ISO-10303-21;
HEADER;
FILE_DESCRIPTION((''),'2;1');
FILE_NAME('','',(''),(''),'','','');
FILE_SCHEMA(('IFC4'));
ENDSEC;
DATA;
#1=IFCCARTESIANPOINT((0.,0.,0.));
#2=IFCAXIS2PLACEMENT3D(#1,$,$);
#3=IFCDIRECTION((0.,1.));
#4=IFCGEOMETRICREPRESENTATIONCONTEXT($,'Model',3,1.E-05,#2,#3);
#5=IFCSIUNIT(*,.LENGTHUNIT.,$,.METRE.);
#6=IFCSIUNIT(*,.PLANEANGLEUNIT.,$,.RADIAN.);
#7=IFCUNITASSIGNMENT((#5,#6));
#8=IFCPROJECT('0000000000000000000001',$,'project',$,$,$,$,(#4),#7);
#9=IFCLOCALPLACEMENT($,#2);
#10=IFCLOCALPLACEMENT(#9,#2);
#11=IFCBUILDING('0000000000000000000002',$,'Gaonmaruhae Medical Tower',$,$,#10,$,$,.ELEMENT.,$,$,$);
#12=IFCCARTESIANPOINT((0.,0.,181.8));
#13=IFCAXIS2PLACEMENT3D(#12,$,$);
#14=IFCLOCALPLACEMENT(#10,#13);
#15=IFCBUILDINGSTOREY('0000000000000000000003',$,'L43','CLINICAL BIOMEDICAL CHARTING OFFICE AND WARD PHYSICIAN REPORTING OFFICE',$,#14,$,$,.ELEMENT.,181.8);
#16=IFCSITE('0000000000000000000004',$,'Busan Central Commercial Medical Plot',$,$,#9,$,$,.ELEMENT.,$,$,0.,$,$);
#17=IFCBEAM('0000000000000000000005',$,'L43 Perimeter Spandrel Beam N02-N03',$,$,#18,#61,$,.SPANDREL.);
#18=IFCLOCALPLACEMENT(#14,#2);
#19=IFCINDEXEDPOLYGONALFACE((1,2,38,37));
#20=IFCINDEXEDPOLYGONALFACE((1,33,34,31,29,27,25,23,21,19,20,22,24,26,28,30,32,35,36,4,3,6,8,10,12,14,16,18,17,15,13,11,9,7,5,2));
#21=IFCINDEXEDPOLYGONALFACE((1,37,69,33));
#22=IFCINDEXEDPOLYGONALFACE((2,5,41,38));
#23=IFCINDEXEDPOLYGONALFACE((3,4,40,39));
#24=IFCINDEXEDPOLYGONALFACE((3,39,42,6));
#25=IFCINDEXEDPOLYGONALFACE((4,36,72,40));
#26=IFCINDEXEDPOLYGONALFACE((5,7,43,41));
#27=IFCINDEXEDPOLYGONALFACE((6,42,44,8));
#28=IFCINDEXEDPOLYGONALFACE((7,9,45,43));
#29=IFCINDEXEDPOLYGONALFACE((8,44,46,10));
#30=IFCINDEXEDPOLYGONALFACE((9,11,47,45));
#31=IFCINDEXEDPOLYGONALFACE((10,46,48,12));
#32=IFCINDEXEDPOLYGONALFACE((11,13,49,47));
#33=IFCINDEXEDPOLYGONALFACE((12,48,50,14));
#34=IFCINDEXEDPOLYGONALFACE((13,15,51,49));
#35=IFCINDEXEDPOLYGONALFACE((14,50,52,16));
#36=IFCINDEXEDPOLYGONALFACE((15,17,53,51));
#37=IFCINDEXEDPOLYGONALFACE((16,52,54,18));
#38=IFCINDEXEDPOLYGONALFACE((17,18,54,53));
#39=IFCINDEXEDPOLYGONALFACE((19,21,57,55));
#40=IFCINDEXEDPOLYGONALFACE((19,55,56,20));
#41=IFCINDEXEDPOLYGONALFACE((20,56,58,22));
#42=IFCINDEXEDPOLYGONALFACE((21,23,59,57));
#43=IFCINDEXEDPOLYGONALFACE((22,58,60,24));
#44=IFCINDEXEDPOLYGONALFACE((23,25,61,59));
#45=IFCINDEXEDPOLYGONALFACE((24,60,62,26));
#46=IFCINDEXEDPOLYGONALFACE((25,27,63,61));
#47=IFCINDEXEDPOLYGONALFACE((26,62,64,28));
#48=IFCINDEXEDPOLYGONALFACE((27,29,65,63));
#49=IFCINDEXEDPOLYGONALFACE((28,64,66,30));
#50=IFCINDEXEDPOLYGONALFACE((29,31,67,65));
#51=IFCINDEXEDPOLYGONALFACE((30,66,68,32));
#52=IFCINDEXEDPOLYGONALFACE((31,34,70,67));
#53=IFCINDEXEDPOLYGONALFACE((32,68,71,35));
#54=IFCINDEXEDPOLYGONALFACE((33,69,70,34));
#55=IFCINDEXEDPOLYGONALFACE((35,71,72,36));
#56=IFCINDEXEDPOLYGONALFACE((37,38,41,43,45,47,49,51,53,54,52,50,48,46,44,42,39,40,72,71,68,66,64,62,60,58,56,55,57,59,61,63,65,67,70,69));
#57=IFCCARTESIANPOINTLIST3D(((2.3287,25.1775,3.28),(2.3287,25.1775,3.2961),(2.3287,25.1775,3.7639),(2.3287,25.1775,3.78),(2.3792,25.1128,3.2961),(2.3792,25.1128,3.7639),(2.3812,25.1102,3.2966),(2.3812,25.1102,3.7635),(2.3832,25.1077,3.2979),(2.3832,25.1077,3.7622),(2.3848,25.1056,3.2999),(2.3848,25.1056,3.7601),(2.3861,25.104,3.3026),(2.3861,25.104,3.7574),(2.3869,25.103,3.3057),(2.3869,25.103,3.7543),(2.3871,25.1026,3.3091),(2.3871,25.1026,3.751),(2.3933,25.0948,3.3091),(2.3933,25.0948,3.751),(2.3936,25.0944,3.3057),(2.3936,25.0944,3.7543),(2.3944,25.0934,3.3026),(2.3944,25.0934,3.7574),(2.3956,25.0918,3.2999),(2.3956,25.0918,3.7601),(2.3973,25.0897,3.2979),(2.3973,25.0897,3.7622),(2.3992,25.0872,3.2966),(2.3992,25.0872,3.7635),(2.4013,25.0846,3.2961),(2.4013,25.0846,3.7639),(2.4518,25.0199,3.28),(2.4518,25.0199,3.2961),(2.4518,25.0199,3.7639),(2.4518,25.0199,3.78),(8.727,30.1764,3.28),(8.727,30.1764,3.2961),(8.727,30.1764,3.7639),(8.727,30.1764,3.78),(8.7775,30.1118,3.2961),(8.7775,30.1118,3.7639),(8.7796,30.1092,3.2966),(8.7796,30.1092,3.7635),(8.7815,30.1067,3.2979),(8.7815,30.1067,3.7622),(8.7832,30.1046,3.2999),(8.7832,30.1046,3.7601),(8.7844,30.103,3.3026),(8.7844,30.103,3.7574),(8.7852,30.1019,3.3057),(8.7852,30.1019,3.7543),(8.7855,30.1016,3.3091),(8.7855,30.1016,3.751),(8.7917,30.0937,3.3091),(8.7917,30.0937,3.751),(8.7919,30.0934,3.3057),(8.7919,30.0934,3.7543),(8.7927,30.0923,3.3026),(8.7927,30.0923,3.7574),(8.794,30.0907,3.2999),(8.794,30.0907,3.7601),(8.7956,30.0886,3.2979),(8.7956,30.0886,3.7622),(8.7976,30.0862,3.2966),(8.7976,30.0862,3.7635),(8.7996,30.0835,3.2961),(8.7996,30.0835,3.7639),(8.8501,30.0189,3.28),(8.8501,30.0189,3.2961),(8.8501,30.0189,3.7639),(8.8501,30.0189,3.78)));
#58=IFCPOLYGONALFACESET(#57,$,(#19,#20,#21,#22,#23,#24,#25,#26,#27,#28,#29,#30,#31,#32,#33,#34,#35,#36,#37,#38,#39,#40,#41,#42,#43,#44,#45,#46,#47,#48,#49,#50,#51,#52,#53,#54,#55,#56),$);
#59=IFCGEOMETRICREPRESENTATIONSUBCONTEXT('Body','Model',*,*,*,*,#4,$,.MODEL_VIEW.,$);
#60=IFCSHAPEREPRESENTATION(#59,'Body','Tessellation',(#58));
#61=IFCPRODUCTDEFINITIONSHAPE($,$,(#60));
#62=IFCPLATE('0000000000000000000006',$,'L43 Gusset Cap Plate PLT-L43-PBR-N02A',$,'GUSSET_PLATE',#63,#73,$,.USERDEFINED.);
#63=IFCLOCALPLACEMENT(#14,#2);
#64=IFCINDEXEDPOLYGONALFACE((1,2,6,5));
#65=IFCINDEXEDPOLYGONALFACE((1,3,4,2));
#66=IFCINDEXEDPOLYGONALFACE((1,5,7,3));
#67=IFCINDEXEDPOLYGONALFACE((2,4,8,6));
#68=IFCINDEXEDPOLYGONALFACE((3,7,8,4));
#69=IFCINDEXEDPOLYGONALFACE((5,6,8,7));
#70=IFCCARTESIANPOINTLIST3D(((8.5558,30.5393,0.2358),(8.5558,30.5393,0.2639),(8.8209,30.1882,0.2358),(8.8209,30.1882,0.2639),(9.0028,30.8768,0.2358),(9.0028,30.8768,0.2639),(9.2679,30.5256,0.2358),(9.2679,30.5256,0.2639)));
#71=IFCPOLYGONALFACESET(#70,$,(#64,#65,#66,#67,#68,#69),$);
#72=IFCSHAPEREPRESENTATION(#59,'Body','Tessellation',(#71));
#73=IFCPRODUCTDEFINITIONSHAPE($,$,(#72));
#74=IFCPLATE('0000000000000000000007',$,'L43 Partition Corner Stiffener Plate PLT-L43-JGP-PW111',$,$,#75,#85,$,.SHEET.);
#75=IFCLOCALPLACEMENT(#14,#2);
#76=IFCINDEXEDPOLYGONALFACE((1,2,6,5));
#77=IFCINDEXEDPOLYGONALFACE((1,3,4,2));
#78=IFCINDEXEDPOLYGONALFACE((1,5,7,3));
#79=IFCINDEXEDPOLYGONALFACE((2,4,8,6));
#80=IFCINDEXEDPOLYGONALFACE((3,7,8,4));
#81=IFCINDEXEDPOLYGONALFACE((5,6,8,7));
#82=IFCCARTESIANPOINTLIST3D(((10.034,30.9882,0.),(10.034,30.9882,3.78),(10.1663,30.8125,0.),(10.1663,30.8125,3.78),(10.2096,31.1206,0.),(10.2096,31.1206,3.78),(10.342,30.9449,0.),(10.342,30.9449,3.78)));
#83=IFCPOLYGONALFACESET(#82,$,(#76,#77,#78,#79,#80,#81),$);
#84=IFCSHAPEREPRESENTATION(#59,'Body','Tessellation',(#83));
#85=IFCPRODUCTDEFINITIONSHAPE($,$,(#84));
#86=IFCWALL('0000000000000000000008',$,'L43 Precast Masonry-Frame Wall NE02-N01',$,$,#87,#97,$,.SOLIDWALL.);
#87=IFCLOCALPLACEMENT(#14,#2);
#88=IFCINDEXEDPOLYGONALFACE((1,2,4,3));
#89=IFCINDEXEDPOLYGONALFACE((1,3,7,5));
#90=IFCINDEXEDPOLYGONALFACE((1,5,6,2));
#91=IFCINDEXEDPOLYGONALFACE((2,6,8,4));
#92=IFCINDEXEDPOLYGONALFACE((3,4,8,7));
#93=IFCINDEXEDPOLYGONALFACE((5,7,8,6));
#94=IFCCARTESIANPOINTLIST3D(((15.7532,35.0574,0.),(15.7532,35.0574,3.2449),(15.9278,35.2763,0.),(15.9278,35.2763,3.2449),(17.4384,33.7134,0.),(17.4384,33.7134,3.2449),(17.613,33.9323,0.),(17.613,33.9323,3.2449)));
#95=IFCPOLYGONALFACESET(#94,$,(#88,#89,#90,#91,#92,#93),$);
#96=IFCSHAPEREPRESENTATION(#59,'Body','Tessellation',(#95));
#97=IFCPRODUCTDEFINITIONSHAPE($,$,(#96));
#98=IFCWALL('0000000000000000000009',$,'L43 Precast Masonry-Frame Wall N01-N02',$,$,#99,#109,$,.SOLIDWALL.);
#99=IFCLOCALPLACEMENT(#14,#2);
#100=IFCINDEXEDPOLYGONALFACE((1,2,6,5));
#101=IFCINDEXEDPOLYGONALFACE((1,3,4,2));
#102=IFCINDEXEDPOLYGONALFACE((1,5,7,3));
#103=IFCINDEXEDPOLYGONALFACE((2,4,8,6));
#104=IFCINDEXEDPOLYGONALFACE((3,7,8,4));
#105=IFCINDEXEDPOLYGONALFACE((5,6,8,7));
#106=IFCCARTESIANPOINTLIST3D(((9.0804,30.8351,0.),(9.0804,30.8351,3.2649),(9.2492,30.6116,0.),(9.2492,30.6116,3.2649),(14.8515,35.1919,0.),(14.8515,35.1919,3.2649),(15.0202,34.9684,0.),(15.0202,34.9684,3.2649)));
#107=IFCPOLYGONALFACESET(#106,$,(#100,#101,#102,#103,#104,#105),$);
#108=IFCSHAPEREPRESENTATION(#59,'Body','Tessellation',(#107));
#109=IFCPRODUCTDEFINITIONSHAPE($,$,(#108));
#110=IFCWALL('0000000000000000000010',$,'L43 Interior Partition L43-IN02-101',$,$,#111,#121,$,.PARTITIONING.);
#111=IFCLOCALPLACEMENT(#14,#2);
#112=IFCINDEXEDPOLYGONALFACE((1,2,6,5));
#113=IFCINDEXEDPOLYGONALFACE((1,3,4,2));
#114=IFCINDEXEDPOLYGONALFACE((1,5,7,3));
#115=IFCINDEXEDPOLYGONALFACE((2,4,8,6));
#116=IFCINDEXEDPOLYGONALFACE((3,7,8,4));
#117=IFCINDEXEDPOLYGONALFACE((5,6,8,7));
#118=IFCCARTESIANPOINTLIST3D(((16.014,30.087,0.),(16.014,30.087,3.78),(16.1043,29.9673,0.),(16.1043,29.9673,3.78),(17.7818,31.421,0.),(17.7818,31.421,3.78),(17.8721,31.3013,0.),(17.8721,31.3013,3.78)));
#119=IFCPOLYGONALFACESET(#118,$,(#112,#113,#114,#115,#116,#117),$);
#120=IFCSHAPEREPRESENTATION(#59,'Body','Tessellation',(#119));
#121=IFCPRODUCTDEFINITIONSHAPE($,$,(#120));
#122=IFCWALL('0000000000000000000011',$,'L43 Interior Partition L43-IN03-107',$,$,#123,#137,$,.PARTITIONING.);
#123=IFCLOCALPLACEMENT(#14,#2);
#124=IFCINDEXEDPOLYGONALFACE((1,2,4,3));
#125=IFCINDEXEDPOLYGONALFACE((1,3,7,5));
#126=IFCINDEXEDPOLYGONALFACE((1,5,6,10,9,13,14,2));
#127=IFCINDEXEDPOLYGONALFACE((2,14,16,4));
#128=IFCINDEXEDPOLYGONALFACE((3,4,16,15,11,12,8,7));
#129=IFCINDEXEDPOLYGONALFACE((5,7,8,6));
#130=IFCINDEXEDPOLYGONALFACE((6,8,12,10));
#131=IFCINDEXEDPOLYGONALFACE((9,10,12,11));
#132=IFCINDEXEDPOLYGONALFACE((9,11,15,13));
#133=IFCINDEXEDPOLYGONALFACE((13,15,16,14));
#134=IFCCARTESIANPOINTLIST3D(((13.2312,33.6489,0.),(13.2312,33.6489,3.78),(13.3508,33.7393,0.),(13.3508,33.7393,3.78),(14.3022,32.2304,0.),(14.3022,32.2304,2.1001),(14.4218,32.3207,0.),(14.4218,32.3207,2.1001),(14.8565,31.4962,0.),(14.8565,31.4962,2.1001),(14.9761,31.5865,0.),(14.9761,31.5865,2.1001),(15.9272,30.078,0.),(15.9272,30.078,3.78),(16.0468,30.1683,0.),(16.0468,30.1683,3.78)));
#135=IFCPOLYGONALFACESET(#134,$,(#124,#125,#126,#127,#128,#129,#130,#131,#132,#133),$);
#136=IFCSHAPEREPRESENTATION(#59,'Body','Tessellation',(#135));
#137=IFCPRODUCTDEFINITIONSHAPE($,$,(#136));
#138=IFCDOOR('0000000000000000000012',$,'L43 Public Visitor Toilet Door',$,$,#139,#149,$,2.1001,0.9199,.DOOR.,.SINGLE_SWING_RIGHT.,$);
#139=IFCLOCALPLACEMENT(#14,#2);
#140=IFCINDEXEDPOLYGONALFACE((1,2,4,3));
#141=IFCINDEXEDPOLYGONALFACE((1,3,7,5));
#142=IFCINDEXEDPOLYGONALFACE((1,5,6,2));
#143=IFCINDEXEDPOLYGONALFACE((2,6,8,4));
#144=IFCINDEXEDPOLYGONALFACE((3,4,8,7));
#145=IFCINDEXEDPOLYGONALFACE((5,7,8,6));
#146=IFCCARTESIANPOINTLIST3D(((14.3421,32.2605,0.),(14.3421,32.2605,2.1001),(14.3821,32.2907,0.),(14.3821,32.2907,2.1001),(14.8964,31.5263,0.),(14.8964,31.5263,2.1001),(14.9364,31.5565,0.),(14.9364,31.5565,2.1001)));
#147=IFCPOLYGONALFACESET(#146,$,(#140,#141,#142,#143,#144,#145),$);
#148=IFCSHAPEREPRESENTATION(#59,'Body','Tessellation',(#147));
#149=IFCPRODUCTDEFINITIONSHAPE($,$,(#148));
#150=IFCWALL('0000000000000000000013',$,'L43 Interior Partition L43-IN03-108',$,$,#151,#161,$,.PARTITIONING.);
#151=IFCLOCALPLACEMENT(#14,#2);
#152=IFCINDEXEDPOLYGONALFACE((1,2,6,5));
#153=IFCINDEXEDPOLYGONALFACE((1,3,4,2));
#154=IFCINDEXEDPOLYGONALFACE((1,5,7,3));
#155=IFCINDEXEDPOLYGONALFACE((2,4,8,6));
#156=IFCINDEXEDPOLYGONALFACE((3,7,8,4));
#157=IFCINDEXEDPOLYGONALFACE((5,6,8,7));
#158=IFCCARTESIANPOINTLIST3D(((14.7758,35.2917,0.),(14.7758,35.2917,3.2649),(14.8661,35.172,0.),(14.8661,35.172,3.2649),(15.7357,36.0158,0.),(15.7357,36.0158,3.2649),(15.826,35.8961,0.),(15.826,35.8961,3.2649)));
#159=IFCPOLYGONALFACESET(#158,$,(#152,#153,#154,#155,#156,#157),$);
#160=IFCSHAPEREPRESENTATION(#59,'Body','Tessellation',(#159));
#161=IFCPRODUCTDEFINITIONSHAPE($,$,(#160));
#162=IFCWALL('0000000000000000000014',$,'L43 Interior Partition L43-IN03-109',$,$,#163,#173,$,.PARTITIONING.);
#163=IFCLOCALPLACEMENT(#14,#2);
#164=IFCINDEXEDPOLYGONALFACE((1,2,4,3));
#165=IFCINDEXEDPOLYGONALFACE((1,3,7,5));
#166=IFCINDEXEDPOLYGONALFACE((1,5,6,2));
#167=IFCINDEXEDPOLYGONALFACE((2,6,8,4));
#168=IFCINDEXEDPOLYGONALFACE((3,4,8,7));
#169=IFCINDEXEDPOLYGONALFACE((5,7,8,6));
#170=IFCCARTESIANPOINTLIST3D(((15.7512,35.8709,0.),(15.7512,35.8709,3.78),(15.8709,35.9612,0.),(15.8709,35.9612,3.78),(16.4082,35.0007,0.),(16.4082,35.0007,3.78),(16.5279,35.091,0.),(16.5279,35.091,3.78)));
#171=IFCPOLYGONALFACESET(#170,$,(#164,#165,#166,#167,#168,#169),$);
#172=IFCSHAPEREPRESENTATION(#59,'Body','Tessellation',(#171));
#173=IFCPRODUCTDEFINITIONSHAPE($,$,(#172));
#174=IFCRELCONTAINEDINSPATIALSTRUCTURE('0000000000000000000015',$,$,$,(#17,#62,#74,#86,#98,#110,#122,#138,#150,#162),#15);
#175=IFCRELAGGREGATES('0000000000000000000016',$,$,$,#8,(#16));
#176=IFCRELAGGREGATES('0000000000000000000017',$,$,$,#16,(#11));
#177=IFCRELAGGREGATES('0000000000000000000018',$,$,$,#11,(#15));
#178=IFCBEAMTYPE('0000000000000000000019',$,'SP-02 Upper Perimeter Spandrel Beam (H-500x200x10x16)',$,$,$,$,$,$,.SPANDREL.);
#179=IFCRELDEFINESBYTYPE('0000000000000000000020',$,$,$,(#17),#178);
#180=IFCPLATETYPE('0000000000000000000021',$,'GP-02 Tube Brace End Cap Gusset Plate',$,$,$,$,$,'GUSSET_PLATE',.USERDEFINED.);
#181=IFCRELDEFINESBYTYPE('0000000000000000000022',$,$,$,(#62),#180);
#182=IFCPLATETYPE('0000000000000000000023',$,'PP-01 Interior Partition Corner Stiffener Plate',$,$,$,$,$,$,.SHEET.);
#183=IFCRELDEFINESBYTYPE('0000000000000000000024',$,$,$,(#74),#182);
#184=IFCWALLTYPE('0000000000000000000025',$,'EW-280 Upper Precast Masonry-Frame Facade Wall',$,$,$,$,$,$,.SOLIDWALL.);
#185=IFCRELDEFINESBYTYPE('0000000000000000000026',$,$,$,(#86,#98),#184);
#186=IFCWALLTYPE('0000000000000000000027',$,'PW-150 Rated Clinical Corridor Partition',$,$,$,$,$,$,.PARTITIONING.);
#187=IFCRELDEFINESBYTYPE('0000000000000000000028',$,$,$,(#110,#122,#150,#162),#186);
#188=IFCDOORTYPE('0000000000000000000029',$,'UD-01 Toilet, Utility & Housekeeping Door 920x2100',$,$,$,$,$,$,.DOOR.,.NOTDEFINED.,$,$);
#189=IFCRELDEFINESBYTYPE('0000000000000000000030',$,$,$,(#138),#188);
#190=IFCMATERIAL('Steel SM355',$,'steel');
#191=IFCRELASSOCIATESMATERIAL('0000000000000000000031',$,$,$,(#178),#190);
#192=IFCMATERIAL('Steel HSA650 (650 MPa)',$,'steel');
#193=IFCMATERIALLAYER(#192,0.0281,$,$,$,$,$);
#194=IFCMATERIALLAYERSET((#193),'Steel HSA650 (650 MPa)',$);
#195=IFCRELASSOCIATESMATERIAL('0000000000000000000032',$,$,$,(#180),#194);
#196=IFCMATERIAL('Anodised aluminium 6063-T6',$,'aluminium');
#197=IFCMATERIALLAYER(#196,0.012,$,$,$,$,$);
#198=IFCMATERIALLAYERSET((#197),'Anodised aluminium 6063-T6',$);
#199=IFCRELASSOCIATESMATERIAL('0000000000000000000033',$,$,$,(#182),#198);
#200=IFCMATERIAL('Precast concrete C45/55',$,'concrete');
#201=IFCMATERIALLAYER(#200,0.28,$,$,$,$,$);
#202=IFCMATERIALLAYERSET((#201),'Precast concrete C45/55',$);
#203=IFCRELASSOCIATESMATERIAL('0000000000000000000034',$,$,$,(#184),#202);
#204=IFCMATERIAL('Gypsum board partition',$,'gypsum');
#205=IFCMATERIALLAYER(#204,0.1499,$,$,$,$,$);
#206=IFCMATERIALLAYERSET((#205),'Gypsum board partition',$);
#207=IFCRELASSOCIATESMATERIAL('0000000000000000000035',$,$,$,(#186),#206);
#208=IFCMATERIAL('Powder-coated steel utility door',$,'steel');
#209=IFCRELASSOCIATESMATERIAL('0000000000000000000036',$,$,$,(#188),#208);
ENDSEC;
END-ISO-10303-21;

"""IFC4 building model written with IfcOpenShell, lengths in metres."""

from ifc_helpers import new_model, si_unit, direction, frame, frame_2d, origin, origin_2d, place, context, subcontext, project, spatial, rectangle, i_section, extrude, material, layer, layer_set, material_profile, profile_set, type_object, element, fill, save


model = new_model("IFC4")

# Units and contexts
model_context = context("Model", 3, precision=1e-05, world=origin(), true_north=direction((0.0, 1.0)))
body_context = subcontext(model_context, "Body", "Model", "MODEL_VIEW")
ifc_project = project(units=[si_unit("LENGTHUNIT", "METRE"), si_unit("PLANEANGLEUNIT", "RADIAN")], contexts=[model_context])

# Site, building, storey
site_placement = place(None, origin())
site = spatial("IfcSite", under=ifc_project, at=site_placement, Name="Busan Central Commercial Medical Plot", CompositionType="ELEMENT", RefElevation=0.0)
building_placement = place(site_placement, origin())
building = spatial("IfcBuilding", under=site, at=building_placement, Name="Gaonmaruhae Medical Tower", CompositionType="ELEMENT")
storey_placement = place(building_placement, frame((0.0, 0.0, 181.8)))
storey = spatial("IfcBuildingStorey", under=building, at=storey_placement, Name="L43", Description="CLINICAL BIOMEDICAL CHARTING OFFICE AND WARD PHYSICIAN REPORTING OFFICE", CompositionType="ELEMENT", Elevation=181.8)

# Shared definitions
ifc_material_1 = material(Name="Steel SM355", Category="steel")

# Beam
ifc_material_profile_1 = material_profile(ifc_material_1, i_section(OverallWidth=0.2, OverallDepth=0.5, WebThickness=0.01, FlangeThickness=0.0161, FilletRadius=0.0129, at=origin_2d()), Name="H-500x200x10x16")
ifc_profile_set_1 = profile_set([ifc_material_profile_1], Name="Steel SM355")
beam_type_1 = type_object("IfcBeamType", Name="SP-02 Upper Perimeter Spandrel Beam (H-500x200x10x16)", PredefinedType="SPANDREL", material=ifc_profile_set_1)
beam_1_placement = place(storey_placement, frame((8.7886, 30.0977, 3.53), z_axis=(-0.78801, -0.615663, 0.0), x_axis=(0.615663, -0.78801, 0.0)))
element("IfcBeam", 1, at=beam_1_placement, inside=storey, type_object=beam_type_1, Name="L43 Perimeter Spandrel Beam N02-N03", PredefinedType="SPANDREL", context=body_context, shape_type="SweptSolid", body=[
    extrude(i_section(OverallWidth=0.2, OverallDepth=0.5, WebThickness=0.01, FlangeThickness=0.0161, FilletRadius=0.0129, at=origin_2d()), origin(), (0.0, 0.0, 1.0), 8.1196),
])

# Plates
ifc_material_2 = material(Name="Steel HSA650 (650 MPa)", Category="steel")
ifc_layer_1 = layer(ifc_material_2, 0.0281)
ifc_layer_set_1 = layer_set([ifc_layer_1], Name="Steel HSA650 (650 MPa)")
plate_type_1 = type_object("IfcPlateType", Name="GP-02 Tube Brace End Cap Gusset Plate", ElementType="GUSSET_PLATE", PredefinedType="USERDEFINED", material=ifc_layer_set_1)
plate_1_placement = place(storey_placement, frame((8.9119, 30.5325, 0.2358), z_axis=(0.0, 0.0, 1.0), x_axis=(0.79811, 0.602512, 0.0)))
element("IfcPlate", 2, at=plate_1_placement, inside=storey, type_object=plate_type_1, Name="L43 Gusset Cap Plate PLT-L43-PBR-N02A", ObjectType="GUSSET_PLATE", PredefinedType="USERDEFINED", context=body_context, shape_type="SweptSolid", body=[
    extrude(rectangle(XDim=0.5601, YDim=0.4399, at=origin_2d()), origin(), (0.0, 0.0, 1.0), 0.0281),
])
ifc_material_3 = material(Name="Anodised aluminium 6063-T6", Category="aluminium")
ifc_layer_2 = layer(ifc_material_3, 0.012)
ifc_layer_set_2 = layer_set([ifc_layer_2], Name="Anodised aluminium 6063-T6")
plate_type_2 = type_object("IfcPlateType", Name="PP-01 Interior Partition Corner Stiffener Plate", PredefinedType="SHEET", material=ifc_layer_set_2)
plate_2_placement = place(storey_placement, frame((10.188, 30.9666, 0.0), z_axis=(0.0, 0.0, 1.0), x_axis=(-0.601815, 0.798636, 0.0)))
element("IfcPlate", 3, at=plate_2_placement, inside=storey, type_object=plate_type_2, Name="L43 Partition Corner Stiffener Plate PLT-L43-JGP-PW111", PredefinedType="SHEET", context=body_context, shape_type="SweptSolid", body=[
    extrude(rectangle(XDim=0.22, YDim=0.22, at=origin_2d()), origin(), (0.0, 0.0, 1.0), 3.78),
])

# Walls
ifc_material_4 = material(Name="Precast concrete C45/55", Category="concrete")
ifc_layer_3 = layer(ifc_material_4, 0.28)
ifc_layer_set_3 = layer_set([ifc_layer_3], Name="Precast concrete C45/55")
wall_type_1 = type_object("IfcWallType", Name="EW-280 Upper Precast Masonry-Frame Facade Wall", PredefinedType="SOLIDWALL", material=ifc_layer_set_3)
wall_1_placement = place(storey_placement, frame((15.8406, 35.1667, 0.0), z_axis=(0.0, 0.0, 1.0), x_axis=(0.781829, -0.623493, 0.0)))
element("IfcWall", 4, at=wall_1_placement, inside=storey, type_object=wall_type_1, Name="L43 Precast Masonry-Frame Wall NE02-N01", PredefinedType="SOLIDWALL", context=body_context, shape_type="SweptSolid", body=[
    extrude(rectangle(XDim=2.1555, YDim=0.28, at=frame_2d((1.0776, 0.0))), origin(), (0.0, 0.0, 1.0), 3.2449),
])
wall_2_placement = place(storey_placement, frame((9.1648, 30.7234, 0.0), z_axis=(0.0, 0.0, 1.0), x_axis=(0.798108, 0.602514, 0.0)))
element("IfcWall", 5, at=wall_2_placement, inside=storey, type_object=wall_type_1, Name="L43 Precast Masonry-Frame Wall N01-N02", PredefinedType="SOLIDWALL", context=body_context, shape_type="SweptSolid", body=[
    extrude(rectangle(XDim=7.231, YDim=0.28, at=frame_2d((3.6155, 0.0))), origin(), (0.0, 0.0, 1.0), 3.2649),
])

# Shared definitions
ifc_material_5 = material(Name="Gypsum board partition", Category="gypsum")
ifc_layer_4 = layer(ifc_material_5, 0.1499)
ifc_layer_set_4 = layer_set([ifc_layer_4], Name="Gypsum board partition")
wall_type_2 = type_object("IfcWallType", Name="PW-150 Rated Clinical Corridor Partition", PredefinedType="PARTITIONING", material=ifc_layer_set_4)

# Wall
wall_3_placement = place(storey_placement, frame((16.0591, 30.0271, 0.0), z_axis=(0.0, 0.0, 1.0), x_axis=(0.798237, 0.602343, 0.0)))
element("IfcWall", 6, at=wall_3_placement, inside=storey, type_object=wall_type_2, Name="L43 Interior Partition L43-IN02-101", PredefinedType="PARTITIONING", context=body_context, shape_type="SweptSolid", body=[
    extrude(rectangle(XDim=2.2146, YDim=0.1499, at=frame_2d((1.1074, 0.0))), origin(), (0.0, 0.0, 1.0), 3.78),
])

# Wall, opening, door
wall_4_placement = place(storey_placement, frame((15.9871, 30.123, 0.0), z_axis=(0.0, 0.0, 1.0), x_axis=(-0.602537, 0.798091, 0.0)))
wall_4 = element("IfcWall", 7, at=wall_4_placement, inside=storey, type_object=wall_type_2, Name="L43 Interior Partition L43-IN03-107", PredefinedType="PARTITIONING", context=body_context, shape_type="SweptSolid", body=[
    extrude(rectangle(XDim=4.4744, YDim=0.1499, at=frame_2d((2.2373, 0.0))), origin(), (0.0, 0.0, 1.0), 3.78),
])
opening_1_placement = place(wall_4_placement, frame((1.7771, 0.0, 0.0)))
opening_1 = element("IfcOpeningElement", 8, at=opening_1_placement, cuts=wall_4, PredefinedType="OPENING", context=body_context, shape_type="SweptSolid", body=[
    extrude(rectangle(XDim=0.9199, YDim=2.1001, at=frame_2d((0.46, 1.05))), frame((0.0, 0.085, 0.0), z_axis=(0.0, -1.0, 0.0), x_axis=(1.0, 0.0, 0.0)), (0.0, 0.0, 1.0), 0.1699),
])
ifc_material_6 = material(Name="Powder-coated steel utility door", Category="steel")
door_type_1 = type_object("IfcDoorType", Name="UD-01 Toilet, Utility & Housekeeping Door 920x2100", OperationType="NOTDEFINED", PredefinedType="DOOR", material=ifc_material_6)
door_1_placement = place(opening_1_placement, origin())
door_1 = element("IfcDoor", 9, at=door_1_placement, inside=storey, type_object=door_type_1, Name="L43 Public Visitor Toilet Door", OperationType="SINGLE_SWING_RIGHT", OverallHeight=2.1001, OverallWidth=0.9199, PredefinedType="DOOR", context=body_context, shape_type="SweptSolid", body=[
    extrude(rectangle(XDim=0.9199, YDim=2.1001, at=frame_2d((0.46, 1.05))), frame((0.0, 0.0249, 0.0), z_axis=(0.0, -1.0, 0.0), x_axis=(1.0, 0.0, 0.0)), (0.0, 0.0, 1.0), 0.05),
])
fill(opening_1, door_1)

# Walls
wall_5_placement = place(storey_placement, frame((14.821, 35.2319, 0.0), z_axis=(0.0, 0.0, 1.0), x_axis=(0.79834, 0.602207, 0.0)))
element("IfcWall", 10, at=wall_5_placement, inside=storey, type_object=wall_type_2, Name="L43 Interior Partition L43-IN03-108", PredefinedType="PARTITIONING", context=body_context, shape_type="SweptSolid", body=[
    extrude(rectangle(XDim=1.2024, YDim=0.1499, at=frame_2d((0.6011, 0.0))), origin(), (0.0, 0.0, 1.0), 3.2649),
])
wall_6_placement = place(storey_placement, frame((15.811, 35.916, 0.0), z_axis=(0.0, 0.0, 1.0), x_axis=(0.602576, -0.798061, 0.0)))
element("IfcWall", 11, at=wall_6_placement, inside=storey, type_object=wall_type_2, Name="L43 Interior Partition L43-IN03-109", PredefinedType="PARTITIONING", context=body_context, shape_type="SweptSolid", body=[
    extrude(rectangle(XDim=1.0903, YDim=0.1499, at=frame_2d((0.5452, 0.0))), origin(), (0.0, 0.0, 1.0), 3.78),
])

save(model, "model.ifc")
